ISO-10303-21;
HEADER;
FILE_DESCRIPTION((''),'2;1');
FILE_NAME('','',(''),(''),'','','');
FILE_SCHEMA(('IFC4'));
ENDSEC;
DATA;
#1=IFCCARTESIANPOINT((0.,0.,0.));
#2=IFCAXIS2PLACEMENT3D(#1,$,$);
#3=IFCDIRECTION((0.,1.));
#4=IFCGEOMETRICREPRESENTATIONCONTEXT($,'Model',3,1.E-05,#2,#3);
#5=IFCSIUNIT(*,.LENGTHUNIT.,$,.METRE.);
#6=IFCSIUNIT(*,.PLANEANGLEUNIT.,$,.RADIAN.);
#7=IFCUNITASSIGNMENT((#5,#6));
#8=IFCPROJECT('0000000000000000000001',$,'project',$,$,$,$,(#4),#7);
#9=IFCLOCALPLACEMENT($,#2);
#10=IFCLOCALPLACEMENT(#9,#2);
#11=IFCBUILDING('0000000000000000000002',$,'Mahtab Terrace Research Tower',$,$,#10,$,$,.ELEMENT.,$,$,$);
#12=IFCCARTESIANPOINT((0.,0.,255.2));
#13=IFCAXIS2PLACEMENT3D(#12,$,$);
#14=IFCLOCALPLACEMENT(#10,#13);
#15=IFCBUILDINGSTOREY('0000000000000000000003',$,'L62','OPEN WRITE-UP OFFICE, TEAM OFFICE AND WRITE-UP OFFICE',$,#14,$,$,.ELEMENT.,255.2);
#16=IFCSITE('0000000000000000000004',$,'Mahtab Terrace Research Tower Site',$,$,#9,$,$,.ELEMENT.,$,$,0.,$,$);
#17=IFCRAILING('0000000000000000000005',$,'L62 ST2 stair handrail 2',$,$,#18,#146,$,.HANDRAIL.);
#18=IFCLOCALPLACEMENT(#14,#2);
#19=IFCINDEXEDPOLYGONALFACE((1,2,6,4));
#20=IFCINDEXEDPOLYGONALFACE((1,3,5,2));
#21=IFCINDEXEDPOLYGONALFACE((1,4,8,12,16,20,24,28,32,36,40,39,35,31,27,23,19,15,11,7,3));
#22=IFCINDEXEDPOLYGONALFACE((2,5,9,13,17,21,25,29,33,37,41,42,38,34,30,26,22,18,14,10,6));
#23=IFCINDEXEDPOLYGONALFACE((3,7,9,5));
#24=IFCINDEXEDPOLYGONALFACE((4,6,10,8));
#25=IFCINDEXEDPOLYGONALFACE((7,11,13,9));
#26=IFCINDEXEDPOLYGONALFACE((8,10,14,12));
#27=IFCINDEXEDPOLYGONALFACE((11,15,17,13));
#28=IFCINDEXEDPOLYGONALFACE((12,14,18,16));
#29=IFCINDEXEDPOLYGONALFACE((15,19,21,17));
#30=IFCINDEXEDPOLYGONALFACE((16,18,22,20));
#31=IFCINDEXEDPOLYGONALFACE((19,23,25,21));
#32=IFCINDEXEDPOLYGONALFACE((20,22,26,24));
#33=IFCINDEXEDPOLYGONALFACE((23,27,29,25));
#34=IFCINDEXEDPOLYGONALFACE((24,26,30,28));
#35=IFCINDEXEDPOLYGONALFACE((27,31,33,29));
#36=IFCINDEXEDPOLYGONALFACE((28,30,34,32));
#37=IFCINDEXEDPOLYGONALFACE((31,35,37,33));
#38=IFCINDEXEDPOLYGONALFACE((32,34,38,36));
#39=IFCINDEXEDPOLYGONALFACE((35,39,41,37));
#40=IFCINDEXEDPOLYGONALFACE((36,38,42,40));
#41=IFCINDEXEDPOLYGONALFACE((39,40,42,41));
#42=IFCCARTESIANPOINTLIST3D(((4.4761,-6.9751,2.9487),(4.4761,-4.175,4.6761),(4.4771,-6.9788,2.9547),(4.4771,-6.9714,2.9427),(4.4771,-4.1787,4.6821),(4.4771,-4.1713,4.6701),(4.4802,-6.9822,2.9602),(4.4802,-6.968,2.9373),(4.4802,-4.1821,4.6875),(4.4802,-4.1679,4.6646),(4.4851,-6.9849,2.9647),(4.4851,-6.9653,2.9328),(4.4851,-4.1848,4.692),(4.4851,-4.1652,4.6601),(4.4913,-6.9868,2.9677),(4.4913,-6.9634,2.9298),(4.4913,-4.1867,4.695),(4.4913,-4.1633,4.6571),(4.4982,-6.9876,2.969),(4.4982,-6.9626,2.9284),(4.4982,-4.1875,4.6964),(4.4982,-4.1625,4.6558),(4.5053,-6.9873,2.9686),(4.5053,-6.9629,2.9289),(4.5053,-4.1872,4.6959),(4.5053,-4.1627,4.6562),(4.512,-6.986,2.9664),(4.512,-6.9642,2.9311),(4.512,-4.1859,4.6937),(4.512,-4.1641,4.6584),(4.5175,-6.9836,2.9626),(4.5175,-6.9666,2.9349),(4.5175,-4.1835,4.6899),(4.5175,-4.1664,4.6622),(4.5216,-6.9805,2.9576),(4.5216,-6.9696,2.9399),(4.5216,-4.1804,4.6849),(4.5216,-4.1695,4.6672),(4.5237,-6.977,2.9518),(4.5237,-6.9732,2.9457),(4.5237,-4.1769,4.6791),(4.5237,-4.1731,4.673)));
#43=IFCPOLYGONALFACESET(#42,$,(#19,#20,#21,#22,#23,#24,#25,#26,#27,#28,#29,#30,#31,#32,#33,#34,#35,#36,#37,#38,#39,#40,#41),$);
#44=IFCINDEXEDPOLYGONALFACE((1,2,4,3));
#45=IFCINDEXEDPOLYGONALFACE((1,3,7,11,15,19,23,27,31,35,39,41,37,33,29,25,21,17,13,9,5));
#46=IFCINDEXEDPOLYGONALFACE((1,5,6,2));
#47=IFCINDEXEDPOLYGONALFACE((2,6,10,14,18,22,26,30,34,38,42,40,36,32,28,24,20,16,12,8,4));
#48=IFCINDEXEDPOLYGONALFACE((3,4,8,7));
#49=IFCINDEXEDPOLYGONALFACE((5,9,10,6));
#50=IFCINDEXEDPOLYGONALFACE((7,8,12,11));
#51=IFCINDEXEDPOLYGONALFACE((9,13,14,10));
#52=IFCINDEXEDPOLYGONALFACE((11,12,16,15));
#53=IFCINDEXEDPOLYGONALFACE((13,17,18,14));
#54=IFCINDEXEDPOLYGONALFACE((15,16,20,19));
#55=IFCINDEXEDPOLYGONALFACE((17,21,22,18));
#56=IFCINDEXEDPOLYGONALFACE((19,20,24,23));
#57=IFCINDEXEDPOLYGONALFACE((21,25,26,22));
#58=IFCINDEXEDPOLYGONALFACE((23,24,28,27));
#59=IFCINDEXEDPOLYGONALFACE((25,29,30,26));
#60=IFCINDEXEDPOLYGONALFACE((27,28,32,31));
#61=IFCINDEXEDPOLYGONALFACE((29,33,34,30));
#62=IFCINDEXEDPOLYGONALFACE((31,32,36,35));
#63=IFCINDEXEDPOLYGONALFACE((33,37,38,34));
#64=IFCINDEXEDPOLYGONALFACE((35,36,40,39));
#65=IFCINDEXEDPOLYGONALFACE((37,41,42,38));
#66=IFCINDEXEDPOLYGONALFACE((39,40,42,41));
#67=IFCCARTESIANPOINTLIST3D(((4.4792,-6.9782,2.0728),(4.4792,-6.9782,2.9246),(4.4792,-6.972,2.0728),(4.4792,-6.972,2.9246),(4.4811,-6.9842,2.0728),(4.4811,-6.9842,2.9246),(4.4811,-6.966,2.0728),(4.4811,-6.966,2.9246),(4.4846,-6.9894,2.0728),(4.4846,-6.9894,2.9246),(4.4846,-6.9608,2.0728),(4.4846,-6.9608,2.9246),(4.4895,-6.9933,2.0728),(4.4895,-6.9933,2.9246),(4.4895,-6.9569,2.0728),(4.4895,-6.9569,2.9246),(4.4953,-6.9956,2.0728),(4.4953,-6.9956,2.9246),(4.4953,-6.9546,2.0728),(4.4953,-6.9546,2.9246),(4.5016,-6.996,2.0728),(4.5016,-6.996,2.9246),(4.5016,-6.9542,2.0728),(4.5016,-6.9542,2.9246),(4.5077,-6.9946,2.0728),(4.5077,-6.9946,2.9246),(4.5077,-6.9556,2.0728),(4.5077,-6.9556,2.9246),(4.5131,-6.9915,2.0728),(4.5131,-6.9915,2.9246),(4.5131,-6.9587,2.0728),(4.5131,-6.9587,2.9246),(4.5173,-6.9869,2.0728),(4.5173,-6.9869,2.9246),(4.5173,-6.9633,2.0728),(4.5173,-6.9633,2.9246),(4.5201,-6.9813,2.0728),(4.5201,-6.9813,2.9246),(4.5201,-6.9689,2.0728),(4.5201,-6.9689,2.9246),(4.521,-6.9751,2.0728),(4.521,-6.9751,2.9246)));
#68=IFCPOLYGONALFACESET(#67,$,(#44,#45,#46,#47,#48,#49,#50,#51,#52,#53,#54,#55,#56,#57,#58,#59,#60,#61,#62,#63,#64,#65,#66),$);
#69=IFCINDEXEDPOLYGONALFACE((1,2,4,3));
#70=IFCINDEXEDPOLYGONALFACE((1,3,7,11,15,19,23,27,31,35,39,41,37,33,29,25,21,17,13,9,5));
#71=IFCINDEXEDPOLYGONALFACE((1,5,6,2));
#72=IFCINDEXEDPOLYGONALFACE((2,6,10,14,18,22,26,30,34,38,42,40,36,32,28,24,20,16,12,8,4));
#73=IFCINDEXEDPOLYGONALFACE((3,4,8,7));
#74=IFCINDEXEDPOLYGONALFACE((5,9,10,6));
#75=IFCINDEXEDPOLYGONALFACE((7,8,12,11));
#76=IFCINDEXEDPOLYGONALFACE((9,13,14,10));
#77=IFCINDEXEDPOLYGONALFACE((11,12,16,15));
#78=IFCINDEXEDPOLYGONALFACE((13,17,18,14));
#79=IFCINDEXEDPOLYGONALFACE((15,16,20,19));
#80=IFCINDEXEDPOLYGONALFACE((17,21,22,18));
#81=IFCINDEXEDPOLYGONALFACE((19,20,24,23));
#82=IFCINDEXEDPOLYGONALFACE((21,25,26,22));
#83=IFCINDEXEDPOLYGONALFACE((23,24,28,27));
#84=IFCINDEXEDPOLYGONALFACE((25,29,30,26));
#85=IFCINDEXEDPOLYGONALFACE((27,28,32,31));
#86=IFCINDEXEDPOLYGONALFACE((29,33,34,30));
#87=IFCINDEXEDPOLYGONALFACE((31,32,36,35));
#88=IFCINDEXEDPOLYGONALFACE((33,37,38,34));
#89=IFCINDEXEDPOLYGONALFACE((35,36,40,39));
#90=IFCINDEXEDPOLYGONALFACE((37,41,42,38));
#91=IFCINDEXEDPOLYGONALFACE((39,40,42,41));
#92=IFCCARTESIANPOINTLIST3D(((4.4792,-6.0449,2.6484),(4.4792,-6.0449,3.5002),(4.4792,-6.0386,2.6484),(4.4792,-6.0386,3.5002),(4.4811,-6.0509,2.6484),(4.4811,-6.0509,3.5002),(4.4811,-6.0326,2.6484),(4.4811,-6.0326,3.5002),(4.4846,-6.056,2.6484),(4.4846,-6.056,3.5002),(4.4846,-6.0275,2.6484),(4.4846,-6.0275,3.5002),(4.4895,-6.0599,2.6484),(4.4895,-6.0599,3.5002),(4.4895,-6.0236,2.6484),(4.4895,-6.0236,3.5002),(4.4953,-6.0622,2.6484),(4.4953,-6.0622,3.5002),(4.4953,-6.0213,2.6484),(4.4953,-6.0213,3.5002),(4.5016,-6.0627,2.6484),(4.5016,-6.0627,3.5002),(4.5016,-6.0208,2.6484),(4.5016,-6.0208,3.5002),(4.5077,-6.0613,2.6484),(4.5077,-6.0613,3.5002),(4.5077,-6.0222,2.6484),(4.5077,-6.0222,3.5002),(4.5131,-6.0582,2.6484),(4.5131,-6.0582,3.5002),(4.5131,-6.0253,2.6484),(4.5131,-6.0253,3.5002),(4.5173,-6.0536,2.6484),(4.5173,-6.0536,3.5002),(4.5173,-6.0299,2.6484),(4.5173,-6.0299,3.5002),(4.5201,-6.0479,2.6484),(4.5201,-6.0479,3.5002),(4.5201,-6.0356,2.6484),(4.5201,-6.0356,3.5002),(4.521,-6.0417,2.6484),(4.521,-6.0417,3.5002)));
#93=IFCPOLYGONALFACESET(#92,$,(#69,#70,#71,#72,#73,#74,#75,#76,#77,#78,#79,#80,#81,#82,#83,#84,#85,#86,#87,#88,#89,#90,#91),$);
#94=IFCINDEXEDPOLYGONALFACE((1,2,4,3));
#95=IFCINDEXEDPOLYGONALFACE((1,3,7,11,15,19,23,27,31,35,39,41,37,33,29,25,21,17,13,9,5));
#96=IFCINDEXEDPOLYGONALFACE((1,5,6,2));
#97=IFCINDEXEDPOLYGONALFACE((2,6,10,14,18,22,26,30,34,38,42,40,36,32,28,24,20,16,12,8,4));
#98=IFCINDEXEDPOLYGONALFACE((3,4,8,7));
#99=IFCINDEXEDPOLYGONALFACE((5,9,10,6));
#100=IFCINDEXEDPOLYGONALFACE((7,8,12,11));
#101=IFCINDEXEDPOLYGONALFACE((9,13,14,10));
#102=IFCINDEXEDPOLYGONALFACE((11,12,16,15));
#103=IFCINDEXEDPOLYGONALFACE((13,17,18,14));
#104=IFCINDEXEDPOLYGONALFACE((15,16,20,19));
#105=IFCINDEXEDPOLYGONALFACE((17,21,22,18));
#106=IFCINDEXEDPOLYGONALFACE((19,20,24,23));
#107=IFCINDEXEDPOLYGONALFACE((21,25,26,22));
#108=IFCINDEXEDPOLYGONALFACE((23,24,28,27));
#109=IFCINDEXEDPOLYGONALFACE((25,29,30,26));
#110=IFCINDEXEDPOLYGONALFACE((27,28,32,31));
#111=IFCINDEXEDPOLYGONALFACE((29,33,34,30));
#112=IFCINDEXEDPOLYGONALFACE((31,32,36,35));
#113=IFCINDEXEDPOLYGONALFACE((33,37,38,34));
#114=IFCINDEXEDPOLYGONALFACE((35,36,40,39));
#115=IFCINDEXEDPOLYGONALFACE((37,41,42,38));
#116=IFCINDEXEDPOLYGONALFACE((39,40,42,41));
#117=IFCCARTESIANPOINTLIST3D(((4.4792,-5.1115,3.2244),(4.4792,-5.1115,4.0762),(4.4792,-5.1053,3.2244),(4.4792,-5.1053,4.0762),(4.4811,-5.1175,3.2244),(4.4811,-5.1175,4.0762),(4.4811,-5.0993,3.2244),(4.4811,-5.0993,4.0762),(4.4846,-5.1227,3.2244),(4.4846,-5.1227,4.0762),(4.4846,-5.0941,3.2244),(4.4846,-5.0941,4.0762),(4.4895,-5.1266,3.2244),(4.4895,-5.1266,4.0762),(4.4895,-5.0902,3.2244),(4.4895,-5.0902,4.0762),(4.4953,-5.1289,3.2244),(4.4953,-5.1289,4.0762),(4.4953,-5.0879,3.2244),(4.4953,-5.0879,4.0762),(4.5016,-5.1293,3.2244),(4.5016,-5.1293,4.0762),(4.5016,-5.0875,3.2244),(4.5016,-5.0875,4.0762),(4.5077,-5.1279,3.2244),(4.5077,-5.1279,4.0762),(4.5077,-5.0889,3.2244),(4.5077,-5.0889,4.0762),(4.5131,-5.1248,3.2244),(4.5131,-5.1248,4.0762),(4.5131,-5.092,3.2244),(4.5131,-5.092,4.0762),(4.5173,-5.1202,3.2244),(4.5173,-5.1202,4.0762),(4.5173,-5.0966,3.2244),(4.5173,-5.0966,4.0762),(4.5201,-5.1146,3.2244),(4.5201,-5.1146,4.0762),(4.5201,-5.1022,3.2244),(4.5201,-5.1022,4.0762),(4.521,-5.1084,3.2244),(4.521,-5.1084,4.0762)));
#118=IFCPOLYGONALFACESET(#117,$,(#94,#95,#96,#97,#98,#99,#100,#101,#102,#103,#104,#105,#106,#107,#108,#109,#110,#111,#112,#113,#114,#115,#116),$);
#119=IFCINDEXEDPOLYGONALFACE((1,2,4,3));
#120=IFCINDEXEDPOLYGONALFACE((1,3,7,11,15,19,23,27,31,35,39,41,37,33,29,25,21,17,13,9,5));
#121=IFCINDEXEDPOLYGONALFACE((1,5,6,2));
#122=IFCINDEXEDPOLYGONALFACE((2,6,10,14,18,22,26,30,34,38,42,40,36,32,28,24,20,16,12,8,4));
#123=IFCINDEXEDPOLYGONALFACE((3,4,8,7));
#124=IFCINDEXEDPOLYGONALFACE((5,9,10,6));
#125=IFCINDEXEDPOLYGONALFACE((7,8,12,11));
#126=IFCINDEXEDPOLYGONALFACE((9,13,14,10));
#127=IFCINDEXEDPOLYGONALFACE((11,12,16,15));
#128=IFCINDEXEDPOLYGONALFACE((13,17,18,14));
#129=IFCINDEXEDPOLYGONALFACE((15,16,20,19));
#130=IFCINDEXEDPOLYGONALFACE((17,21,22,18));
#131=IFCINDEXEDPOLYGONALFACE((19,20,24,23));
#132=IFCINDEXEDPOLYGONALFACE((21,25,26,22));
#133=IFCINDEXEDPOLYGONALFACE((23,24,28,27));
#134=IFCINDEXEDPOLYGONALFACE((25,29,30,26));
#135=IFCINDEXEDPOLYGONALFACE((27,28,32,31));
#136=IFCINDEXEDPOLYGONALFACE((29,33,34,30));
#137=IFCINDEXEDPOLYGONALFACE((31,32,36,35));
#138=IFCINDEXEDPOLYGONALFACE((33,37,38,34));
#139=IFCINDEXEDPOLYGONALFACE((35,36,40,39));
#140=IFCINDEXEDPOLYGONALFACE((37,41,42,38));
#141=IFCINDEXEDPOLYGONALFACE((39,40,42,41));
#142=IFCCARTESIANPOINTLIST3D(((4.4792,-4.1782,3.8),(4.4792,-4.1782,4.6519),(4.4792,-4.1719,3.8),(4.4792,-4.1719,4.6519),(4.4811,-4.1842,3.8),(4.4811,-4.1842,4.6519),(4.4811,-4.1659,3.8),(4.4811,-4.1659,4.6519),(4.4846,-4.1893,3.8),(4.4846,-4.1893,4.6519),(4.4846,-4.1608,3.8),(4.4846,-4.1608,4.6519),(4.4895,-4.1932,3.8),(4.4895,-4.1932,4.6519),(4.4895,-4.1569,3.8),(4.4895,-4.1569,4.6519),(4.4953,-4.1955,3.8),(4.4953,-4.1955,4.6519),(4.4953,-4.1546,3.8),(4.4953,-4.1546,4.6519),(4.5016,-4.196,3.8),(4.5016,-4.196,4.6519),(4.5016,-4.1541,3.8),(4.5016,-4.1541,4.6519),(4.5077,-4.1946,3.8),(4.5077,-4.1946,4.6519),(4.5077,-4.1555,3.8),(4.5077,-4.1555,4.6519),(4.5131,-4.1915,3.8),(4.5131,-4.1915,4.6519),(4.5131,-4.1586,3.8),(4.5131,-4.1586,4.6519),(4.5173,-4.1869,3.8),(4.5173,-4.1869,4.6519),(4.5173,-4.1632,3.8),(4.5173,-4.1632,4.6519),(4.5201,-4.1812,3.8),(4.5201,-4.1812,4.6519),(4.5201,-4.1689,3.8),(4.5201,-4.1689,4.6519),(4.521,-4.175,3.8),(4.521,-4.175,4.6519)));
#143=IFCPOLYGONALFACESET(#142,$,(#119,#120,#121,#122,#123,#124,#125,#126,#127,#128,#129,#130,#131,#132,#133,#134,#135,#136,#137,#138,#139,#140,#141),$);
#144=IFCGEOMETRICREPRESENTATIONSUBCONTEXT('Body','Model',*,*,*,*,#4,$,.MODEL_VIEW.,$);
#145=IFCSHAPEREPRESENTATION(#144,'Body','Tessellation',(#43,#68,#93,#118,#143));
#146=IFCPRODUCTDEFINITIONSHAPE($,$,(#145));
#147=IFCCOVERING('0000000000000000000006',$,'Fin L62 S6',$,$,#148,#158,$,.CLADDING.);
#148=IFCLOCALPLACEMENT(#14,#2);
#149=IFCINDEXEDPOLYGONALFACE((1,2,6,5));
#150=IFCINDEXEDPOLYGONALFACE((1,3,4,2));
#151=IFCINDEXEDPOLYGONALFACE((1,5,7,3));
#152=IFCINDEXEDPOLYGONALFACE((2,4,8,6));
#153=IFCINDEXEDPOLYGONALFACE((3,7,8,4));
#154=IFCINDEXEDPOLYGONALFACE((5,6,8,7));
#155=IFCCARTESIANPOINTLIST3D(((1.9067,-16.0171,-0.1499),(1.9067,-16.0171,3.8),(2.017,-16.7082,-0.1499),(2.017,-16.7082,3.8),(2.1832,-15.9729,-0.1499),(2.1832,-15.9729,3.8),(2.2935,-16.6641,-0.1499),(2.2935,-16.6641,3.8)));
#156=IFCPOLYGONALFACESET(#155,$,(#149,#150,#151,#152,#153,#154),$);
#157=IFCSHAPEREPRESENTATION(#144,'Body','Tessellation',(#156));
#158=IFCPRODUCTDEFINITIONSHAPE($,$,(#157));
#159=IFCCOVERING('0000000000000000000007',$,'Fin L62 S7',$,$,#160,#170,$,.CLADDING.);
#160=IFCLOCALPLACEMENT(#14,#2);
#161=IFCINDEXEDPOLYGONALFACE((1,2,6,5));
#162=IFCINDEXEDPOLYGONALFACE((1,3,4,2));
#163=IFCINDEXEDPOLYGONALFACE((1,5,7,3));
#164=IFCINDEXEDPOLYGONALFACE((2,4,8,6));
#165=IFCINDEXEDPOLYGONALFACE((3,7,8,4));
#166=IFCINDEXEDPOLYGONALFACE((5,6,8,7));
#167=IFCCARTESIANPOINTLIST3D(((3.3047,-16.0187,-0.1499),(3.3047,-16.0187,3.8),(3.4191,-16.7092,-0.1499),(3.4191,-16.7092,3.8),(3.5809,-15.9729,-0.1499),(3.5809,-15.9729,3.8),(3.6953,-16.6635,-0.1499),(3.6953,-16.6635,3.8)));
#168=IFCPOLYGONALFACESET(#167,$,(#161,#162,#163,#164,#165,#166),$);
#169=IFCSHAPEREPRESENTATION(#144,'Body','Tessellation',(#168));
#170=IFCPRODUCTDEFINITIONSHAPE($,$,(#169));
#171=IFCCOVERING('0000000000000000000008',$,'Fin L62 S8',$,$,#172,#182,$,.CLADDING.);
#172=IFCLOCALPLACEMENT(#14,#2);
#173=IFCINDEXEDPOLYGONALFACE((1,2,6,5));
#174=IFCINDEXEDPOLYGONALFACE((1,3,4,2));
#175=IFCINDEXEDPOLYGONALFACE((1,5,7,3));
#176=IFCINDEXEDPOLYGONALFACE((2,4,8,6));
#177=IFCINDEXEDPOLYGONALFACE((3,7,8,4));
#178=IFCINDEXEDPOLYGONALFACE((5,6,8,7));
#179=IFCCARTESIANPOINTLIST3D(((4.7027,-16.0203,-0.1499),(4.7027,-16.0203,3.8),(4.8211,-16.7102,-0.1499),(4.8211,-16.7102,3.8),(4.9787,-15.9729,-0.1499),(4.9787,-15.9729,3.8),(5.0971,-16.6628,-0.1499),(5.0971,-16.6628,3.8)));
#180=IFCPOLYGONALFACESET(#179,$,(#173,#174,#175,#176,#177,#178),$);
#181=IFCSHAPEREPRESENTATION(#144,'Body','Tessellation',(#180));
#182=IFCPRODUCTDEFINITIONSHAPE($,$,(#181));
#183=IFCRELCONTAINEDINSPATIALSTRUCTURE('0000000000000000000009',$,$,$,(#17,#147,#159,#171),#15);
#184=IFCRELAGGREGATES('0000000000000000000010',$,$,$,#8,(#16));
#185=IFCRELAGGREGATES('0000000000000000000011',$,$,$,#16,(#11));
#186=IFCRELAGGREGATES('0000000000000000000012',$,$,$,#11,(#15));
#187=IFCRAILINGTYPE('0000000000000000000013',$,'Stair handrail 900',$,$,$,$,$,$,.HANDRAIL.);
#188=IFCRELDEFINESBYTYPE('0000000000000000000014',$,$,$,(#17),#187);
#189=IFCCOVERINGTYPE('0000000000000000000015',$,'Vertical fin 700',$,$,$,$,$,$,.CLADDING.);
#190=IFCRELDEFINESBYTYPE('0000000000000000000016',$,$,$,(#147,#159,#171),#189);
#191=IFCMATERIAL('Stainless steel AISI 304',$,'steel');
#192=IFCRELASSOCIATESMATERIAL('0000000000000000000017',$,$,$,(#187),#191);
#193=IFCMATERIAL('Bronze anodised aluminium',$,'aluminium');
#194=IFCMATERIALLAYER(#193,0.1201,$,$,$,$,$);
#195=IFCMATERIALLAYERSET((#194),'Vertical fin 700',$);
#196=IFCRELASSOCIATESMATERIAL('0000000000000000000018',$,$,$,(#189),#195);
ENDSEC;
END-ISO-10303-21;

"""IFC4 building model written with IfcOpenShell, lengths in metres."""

from ifc_helpers import new_model, si_unit, direction, frame, origin, origin_2d, place, context, subcontext, project, spatial, rectangle, circle, extrude, material, layer, layer_set, type_object, element, save


model = new_model("IFC4")

# Units and contexts
model_context = context("Model", 3, precision=1e-05, world=origin(), true_north=direction((0.0, 1.0)))
body_context = subcontext(model_context, "Body", "Model", "MODEL_VIEW")
ifc_project = project(units=[si_unit("LENGTHUNIT", "METRE"), si_unit("PLANEANGLEUNIT", "RADIAN")], contexts=[model_context])

# Site, building, storey
site_placement = place(None, origin())
site = spatial("IfcSite", under=ifc_project, at=site_placement, Name="Mahtab Terrace Research Tower Site", CompositionType="ELEMENT", RefElevation=0.0)
building_placement = place(site_placement, origin())
building = spatial("IfcBuilding", under=site, at=building_placement, Name="Mahtab Terrace Research Tower", CompositionType="ELEMENT")
storey_placement = place(building_placement, frame((0.0, 0.0, 255.2)))
storey = spatial("IfcBuildingStorey", under=building, at=storey_placement, Name="L62", Description="OPEN WRITE-UP OFFICE, TEAM OFFICE AND WRITE-UP OFFICE", CompositionType="ELEMENT", Elevation=255.2)

# Railing
ifc_material_1 = material(Name="Stainless steel AISI 304", Category="steel")
railing_type_1 = type_object("IfcRailingType", Name="Stair handrail 900", PredefinedType="HANDRAIL", material=ifc_material_1)
railing_1_placement = place(storey_placement, frame((4.5, -6.9751, 2.0728)))
element("IfcRailing", 1, at=railing_1_placement, inside=storey, type_object=railing_type_1, Name="L62 ST2 stair handrail 2", PredefinedType="HANDRAIL", context=body_context, shape_type="SweptSolid", body=[
    extrude(circle(Radius=0.0239, at=origin_2d()), frame((0.0, 0.0, 0.876), z_axis=(0.0, 0.85109, 0.52502), x_axis=(-1.0, 0.0, 0.0)), (0.0, 0.0, 1.0), 3.29),
    extrude(circle(Radius=0.021, at=origin_2d()), origin(), (0.0, 0.0, 1.0), 0.8518),
    extrude(circle(Radius=0.021, at=origin_2d()), frame((0.0, 0.9333, 0.5757)), (0.0, 0.0, 1.0), 0.8518),
    extrude(circle(Radius=0.021, at=origin_2d()), frame((0.0, 1.8667, 1.1516)), (0.0, 0.0, 1.0), 0.8518),
    extrude(circle(Radius=0.021, at=origin_2d()), frame((0.0, 2.8, 1.7273)), (0.0, 0.0, 1.0), 0.8518),
])

# Coverings
ifc_material_2 = material(Name="Bronze anodised aluminium", Category="aluminium")
ifc_layer_1 = layer(ifc_material_2, 0.1201)
ifc_layer_set_1 = layer_set([ifc_layer_1], Name="Vertical fin 700")
covering_type = type_object("IfcCoveringType", Name="Vertical fin 700", PredefinedType="CLADDING", material=ifc_layer_set_1)
for number, where, z_axis, x_axis, name in (
    (2, (2.1001, -16.3406, -0.1499), (0.0, 0.0, 1.0), (0.987493, 0.157666, 0.0), "Fin L62 S6"),
    (3, (3.5, -16.3411, -0.1499), (0.0, 0.0, 1.0), (0.986559, 0.163408, 0.0), "Fin L62 S7"),
    (4, (4.8999, -16.3416, -0.1499), (0.0, 0.0, 1.0), (0.985591, 0.169145, 0.0), "Fin L62 S8"),
):
    element("IfcCovering", number, at=place(storey_placement, frame(where, z_axis=z_axis, x_axis=x_axis)), inside=storey, type_object=covering_type, Name=name, PredefinedType="CLADDING", context=body_context, shape_type="SweptSolid", body=[
        extrude(rectangle(XDim=0.28, YDim=0.7, at=origin_2d()), origin(), (0.0, 0.0, 1.0), 3.95),
    ])

save(model, "model.ifc")
